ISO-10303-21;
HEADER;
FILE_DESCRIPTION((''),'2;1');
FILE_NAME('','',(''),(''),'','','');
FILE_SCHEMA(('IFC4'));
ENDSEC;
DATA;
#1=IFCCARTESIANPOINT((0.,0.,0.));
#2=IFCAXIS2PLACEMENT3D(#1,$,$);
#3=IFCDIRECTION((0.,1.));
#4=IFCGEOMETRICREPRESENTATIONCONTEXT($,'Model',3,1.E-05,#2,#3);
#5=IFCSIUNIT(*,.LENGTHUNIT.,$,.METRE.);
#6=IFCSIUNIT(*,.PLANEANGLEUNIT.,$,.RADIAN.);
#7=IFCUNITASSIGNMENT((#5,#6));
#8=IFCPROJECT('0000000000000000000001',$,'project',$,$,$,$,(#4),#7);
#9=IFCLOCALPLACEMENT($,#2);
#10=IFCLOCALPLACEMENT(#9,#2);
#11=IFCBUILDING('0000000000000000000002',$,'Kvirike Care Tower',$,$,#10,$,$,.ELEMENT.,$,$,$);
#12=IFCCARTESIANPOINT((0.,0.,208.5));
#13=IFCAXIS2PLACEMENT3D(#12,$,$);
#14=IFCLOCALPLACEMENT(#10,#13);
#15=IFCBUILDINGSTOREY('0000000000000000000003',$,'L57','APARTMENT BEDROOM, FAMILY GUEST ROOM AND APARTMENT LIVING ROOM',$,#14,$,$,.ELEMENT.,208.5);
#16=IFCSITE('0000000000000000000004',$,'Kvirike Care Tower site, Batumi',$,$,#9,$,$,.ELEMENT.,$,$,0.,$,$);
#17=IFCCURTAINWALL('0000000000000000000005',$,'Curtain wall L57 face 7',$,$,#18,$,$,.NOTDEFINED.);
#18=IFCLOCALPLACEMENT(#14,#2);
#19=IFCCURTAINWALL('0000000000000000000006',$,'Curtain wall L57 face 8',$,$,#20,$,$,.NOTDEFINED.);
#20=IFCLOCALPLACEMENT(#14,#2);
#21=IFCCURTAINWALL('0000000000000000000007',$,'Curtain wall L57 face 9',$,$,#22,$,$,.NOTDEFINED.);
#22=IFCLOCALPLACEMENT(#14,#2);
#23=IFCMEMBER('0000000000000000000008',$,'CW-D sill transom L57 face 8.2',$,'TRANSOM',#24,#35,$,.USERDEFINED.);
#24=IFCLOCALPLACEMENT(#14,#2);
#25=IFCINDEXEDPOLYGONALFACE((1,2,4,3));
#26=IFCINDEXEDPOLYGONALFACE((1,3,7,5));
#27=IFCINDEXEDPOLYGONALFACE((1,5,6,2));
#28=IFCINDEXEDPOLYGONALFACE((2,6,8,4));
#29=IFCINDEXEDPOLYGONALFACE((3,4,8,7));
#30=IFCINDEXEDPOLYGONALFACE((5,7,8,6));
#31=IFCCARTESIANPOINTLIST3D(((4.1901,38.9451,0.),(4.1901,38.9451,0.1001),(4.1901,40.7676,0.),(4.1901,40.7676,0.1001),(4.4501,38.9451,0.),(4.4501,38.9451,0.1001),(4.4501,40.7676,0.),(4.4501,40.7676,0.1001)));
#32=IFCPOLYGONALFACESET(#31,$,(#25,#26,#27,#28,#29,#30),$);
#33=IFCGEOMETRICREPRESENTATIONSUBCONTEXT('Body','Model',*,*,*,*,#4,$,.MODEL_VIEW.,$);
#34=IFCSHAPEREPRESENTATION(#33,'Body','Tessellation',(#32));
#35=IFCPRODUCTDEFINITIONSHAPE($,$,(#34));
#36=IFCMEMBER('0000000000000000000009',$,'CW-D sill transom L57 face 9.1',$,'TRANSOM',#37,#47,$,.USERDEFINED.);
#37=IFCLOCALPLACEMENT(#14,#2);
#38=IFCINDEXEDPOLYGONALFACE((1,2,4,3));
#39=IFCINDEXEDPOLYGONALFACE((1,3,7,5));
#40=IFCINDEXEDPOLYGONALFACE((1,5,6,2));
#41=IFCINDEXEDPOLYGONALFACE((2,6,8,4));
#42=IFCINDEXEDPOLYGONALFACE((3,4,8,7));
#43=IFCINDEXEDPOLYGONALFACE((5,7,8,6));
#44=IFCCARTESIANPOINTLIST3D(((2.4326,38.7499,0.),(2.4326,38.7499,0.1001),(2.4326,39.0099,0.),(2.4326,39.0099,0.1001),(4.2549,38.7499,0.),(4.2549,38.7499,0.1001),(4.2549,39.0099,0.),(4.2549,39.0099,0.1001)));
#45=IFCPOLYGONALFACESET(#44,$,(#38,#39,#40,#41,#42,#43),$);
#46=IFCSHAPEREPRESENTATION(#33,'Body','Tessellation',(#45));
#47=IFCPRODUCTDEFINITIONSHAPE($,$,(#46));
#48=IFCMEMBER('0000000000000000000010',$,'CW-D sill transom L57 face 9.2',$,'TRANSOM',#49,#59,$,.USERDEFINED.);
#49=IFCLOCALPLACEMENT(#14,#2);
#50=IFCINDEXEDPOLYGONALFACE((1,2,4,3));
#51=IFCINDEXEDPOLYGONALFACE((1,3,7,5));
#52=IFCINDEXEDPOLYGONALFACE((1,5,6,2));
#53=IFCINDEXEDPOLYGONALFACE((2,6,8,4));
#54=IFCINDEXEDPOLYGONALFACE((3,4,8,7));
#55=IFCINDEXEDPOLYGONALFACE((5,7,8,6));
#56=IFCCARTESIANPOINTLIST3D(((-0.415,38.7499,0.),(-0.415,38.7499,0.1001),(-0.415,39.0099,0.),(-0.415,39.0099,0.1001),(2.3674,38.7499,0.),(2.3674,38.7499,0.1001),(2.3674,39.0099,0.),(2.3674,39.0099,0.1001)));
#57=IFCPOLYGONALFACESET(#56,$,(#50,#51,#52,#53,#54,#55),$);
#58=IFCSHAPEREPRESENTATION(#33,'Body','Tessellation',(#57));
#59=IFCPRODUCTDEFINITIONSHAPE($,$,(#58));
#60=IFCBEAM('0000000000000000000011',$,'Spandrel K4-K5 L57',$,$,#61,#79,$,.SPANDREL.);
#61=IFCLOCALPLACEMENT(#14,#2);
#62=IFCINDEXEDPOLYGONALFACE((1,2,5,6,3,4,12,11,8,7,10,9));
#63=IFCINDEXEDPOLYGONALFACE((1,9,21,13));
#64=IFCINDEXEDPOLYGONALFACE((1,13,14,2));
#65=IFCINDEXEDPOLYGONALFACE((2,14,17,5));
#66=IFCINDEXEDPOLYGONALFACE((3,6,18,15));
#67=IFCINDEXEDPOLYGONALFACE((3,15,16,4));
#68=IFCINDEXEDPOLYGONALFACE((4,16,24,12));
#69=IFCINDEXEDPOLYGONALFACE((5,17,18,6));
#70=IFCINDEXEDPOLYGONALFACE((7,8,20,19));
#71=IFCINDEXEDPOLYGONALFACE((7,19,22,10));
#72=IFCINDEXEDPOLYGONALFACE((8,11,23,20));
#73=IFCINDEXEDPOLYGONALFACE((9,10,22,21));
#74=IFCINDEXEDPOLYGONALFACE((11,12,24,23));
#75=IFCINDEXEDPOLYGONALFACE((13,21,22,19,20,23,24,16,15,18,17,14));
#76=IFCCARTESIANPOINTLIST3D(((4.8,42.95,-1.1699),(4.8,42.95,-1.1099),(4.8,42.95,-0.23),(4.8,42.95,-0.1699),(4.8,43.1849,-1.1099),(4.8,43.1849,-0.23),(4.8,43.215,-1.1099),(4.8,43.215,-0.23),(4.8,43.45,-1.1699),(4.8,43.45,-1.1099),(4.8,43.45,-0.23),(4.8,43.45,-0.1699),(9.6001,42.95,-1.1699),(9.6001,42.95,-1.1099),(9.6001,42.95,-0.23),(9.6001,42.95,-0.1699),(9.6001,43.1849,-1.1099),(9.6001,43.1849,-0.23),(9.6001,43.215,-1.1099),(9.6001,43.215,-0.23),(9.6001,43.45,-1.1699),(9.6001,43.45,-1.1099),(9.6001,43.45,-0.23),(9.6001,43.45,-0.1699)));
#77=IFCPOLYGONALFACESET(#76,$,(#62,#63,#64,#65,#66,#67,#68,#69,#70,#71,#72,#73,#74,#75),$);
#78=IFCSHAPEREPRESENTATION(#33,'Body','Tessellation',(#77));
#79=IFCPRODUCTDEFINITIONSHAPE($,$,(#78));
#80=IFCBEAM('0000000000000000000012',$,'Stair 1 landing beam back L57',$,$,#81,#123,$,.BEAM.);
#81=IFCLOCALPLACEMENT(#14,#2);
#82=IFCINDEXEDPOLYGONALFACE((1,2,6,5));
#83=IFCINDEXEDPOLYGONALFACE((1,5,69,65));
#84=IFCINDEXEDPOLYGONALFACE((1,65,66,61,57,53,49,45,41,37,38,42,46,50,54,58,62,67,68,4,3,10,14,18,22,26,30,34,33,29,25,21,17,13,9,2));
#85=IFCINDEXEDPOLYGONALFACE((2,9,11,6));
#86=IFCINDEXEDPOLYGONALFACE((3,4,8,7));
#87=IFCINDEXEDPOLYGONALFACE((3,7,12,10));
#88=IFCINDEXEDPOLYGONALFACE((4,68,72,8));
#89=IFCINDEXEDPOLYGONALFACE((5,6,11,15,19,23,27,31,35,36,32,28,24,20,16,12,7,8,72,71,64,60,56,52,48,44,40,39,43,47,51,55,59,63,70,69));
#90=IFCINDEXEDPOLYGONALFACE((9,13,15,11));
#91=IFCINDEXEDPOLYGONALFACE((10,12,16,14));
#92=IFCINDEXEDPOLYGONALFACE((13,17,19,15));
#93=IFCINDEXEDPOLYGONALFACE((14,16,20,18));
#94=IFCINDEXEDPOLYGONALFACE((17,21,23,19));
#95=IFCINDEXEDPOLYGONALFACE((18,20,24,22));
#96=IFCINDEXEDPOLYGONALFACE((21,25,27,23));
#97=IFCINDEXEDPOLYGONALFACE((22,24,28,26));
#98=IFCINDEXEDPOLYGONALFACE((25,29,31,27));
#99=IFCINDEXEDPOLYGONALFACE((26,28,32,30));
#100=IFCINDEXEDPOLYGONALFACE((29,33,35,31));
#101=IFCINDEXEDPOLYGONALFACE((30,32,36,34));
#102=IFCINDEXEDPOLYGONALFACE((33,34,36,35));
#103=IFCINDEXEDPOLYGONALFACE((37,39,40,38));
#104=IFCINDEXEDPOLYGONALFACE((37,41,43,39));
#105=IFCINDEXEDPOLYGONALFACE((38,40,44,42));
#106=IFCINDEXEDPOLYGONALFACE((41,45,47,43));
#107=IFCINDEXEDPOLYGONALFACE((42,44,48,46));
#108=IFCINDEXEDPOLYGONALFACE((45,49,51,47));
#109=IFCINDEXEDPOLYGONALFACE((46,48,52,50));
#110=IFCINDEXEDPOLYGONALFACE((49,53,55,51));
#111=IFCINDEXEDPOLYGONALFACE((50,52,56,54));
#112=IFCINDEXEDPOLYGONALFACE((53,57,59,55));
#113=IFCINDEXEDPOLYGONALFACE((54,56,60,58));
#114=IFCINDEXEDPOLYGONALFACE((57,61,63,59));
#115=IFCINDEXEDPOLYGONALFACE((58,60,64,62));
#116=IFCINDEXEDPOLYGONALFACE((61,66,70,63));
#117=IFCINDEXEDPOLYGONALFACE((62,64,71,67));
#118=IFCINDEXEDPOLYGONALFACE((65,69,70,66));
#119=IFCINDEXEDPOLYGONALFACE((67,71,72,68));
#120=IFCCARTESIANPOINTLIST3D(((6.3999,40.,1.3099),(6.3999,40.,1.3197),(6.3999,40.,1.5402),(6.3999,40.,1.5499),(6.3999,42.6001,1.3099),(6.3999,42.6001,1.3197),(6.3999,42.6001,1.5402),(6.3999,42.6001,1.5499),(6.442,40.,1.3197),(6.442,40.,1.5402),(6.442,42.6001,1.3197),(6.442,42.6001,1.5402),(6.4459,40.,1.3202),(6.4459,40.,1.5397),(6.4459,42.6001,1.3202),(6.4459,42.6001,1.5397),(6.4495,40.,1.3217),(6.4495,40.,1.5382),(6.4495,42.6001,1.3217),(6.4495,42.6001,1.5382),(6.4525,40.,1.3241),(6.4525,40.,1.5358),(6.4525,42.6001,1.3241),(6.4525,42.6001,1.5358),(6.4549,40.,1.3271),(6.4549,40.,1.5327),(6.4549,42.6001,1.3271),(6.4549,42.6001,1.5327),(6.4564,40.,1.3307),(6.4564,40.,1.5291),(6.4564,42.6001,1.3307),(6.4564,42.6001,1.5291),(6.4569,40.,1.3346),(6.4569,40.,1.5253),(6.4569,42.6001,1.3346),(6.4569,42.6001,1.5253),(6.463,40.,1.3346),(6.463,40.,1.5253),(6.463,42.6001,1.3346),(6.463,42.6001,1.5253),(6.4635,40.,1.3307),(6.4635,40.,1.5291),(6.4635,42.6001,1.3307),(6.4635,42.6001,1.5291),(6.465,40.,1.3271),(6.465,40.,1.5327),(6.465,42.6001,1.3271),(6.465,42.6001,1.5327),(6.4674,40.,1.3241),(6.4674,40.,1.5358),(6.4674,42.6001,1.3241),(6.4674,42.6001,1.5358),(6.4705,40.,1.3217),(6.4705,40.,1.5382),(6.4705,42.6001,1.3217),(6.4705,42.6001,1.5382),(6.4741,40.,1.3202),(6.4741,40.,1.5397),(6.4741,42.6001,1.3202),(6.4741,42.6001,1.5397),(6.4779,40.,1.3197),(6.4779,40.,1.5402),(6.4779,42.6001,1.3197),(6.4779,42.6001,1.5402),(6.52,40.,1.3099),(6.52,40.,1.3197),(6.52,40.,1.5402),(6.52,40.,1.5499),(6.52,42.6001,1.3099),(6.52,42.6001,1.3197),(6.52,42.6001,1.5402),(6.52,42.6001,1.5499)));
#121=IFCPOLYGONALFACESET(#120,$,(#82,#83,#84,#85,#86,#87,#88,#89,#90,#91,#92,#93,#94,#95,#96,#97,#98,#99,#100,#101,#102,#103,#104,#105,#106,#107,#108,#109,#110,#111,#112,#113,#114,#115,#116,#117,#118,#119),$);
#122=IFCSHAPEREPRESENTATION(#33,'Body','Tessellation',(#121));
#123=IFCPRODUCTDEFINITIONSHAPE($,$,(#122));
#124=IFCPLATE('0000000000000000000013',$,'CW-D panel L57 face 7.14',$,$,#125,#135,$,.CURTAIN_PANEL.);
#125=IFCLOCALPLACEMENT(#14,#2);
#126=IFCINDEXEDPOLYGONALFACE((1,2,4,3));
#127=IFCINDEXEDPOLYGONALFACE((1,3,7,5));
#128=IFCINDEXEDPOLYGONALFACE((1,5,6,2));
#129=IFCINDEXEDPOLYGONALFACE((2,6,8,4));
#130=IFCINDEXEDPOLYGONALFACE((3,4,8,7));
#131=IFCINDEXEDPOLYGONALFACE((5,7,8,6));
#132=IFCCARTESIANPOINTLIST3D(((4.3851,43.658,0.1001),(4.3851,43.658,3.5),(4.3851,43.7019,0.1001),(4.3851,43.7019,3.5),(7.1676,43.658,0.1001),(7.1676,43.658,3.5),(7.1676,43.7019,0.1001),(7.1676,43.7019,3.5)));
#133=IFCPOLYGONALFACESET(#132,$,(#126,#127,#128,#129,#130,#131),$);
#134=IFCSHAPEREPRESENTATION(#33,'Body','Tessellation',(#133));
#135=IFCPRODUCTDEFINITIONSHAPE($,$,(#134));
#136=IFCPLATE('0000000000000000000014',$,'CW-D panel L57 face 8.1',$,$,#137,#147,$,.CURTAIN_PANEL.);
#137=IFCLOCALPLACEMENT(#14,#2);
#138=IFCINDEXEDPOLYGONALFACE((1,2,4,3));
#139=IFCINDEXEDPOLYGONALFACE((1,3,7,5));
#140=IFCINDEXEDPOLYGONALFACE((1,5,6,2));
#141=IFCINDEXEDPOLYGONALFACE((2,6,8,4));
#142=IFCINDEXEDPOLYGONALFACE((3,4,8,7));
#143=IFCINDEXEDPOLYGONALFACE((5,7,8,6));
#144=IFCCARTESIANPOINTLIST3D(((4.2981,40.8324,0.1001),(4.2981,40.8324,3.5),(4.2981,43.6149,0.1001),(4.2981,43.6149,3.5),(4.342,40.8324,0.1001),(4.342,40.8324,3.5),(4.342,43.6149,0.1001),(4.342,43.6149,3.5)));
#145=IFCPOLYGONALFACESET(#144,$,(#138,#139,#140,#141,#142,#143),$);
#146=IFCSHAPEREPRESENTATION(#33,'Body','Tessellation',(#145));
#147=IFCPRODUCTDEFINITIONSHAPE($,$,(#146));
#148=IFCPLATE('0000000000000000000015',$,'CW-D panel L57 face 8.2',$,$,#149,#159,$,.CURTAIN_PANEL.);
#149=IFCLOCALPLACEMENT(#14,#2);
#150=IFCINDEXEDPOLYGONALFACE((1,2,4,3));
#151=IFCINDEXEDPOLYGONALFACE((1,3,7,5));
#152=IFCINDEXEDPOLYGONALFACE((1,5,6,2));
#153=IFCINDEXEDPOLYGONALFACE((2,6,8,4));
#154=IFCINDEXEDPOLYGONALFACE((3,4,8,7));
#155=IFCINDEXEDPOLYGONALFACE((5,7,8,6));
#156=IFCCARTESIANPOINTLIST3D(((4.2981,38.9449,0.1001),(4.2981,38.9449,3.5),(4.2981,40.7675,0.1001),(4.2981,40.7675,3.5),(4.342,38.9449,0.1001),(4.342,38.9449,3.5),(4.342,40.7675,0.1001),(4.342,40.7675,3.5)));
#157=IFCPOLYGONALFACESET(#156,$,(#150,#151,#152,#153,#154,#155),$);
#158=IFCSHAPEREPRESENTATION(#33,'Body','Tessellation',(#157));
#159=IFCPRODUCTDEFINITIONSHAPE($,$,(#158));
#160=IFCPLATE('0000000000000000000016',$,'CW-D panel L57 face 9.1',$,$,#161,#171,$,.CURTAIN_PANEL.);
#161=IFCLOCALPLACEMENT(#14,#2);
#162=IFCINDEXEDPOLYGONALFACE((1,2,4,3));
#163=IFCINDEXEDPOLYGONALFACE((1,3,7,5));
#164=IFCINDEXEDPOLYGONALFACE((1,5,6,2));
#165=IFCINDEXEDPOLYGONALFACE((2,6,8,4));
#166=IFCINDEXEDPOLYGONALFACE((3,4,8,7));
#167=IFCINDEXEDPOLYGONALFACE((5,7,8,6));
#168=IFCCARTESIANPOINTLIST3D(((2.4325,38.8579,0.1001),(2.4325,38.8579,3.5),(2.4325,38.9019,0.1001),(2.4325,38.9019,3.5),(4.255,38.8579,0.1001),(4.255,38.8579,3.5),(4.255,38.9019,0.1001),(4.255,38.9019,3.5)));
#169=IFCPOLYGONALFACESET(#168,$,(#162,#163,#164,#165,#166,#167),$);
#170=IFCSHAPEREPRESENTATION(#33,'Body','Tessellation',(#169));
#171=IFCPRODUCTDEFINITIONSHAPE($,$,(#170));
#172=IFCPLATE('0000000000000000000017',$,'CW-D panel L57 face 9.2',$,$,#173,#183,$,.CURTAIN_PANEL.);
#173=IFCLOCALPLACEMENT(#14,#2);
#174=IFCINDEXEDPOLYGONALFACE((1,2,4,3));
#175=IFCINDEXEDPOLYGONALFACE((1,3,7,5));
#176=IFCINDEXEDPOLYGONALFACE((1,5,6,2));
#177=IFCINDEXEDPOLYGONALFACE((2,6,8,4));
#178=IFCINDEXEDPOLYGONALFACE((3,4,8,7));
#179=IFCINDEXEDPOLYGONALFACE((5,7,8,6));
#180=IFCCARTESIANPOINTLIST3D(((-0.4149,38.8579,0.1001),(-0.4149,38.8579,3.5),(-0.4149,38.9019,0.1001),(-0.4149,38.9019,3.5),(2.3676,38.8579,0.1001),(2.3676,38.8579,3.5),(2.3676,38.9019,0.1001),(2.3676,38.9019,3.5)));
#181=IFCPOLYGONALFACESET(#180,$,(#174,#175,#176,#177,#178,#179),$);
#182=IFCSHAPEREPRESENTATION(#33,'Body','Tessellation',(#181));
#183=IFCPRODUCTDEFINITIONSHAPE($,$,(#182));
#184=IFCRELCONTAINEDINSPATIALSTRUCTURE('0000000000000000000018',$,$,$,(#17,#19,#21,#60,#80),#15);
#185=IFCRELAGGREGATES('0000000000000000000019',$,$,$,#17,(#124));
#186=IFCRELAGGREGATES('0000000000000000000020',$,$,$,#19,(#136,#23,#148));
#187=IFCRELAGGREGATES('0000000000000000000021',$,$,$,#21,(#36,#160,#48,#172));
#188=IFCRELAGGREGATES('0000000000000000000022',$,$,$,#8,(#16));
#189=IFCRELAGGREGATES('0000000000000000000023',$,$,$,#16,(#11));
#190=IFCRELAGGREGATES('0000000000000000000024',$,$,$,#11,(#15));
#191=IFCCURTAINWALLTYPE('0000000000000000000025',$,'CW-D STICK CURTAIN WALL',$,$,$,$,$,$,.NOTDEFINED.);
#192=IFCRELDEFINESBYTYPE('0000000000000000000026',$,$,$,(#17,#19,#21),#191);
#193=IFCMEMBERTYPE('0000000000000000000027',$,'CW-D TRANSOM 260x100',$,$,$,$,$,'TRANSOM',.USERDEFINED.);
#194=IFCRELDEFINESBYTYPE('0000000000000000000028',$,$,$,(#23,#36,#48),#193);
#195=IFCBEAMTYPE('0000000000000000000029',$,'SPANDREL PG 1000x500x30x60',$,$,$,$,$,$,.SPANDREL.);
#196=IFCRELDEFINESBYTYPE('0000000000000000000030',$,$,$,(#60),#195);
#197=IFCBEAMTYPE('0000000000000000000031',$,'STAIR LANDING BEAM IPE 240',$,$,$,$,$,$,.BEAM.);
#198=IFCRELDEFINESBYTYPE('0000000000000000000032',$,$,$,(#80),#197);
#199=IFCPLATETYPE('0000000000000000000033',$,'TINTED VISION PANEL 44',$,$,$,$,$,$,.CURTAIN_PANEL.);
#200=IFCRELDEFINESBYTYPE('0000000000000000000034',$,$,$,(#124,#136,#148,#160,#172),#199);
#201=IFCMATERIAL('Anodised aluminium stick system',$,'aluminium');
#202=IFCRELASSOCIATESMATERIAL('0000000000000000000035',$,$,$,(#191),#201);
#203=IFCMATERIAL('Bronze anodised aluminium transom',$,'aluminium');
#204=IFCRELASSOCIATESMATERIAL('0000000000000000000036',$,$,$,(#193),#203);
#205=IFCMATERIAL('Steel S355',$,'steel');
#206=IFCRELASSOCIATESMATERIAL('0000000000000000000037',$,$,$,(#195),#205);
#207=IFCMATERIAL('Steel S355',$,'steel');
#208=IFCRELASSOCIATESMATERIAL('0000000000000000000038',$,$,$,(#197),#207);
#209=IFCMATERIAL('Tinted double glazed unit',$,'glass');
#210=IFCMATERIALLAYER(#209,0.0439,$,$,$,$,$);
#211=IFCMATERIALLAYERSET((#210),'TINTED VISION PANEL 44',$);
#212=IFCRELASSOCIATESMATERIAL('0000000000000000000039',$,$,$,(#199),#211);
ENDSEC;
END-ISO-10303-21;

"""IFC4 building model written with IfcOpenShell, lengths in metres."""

from ifc_helpers import new_model, si_unit, direction, frame, origin, origin_2d, place, context, subcontext, project, spatial, rectangle, i_section, extrude, material, layer, layer_set, material_profile, profile_set, type_object, element, aggregate, save


model = new_model("IFC4")

# Units and contexts
model_context = context("Model", 3, precision=1e-05, world=origin(), true_north=direction((0.0, 1.0)))
body_context = subcontext(model_context, "Body", "Model", "MODEL_VIEW")
ifc_project = project(units=[si_unit("LENGTHUNIT", "METRE"), si_unit("PLANEANGLEUNIT", "RADIAN")], contexts=[model_context])

# Site, building, storey
site_placement = place(None, origin())
site = spatial("IfcSite", under=ifc_project, at=site_placement, Name="Kvirike Care Tower site, Batumi", CompositionType="ELEMENT", RefElevation=0.0)
building_placement = place(site_placement, origin())
building = spatial("IfcBuilding", under=site, at=building_placement, Name="Kvirike Care Tower", CompositionType="ELEMENT")
storey_placement = place(building_placement, frame((0.0, 0.0, 208.5)))
storey = spatial("IfcBuildingStorey", under=building, at=storey_placement, Name="L57", Description="APARTMENT BEDROOM, FAMILY GUEST ROOM AND APARTMENT LIVING ROOM", CompositionType="ELEMENT", Elevation=208.5)

# Curtain wall
ifc_material_1 = material(Name="Anodised aluminium stick system", Category="aluminium")
curtain_wall_type = type_object("IfcCurtainWallType", Name="CW-D STICK CURTAIN WALL", PredefinedType="NOTDEFINED", material=ifc_material_1)
curtain_wall_1_placement = place(storey_placement, origin())
curtain_wall_1 = element("IfcCurtainWall", 1, at=curtain_wall_1_placement, inside=storey, type_object=curtain_wall_type, Name="Curtain wall L57 face 7", PredefinedType="NOTDEFINED")

# Curtain walls
curtain_wall_2_placement = place(storey_placement, origin())
curtain_wall_2 = element("IfcCurtainWall", 2, at=curtain_wall_2_placement, inside=storey, type_object=curtain_wall_type, Name="Curtain wall L57 face 8", PredefinedType="NOTDEFINED")
curtain_wall_3_placement = place(storey_placement, origin())
curtain_wall_3 = element("IfcCurtainWall", 3, at=curtain_wall_3_placement, inside=storey, type_object=curtain_wall_type, Name="Curtain wall L57 face 9", PredefinedType="NOTDEFINED")

# Members
ifc_material_2 = material(Name="Bronze anodised aluminium transom", Category="aluminium")
ifc_material_profile_1 = material_profile(ifc_material_2, rectangle(XDim=0.26, YDim=0.1001, at=origin_2d()), Name="CW-D TRANSOM 260x100")
ifc_profile_set_1 = profile_set([ifc_material_profile_1], Name="Bronze anodised aluminium transom")
member_type_1 = type_object("IfcMemberType", Name="CW-D TRANSOM 260x100", ElementType="TRANSOM", PredefinedType="USERDEFINED", material=ifc_profile_set_1)
member_1_placement = place(storey_placement, frame((4.3201, 40.7676, 0.05), z_axis=(0.0, -1.0, 0.0), x_axis=(1.0, 0.0, 0.0)))
member_1 = element("IfcMember", 4, at=member_1_placement, type_object=member_type_1, Name="CW-D sill transom L57 face 8.2", ObjectType="TRANSOM", PredefinedType="USERDEFINED", context=body_context, shape_type="SweptSolid", body=[
    extrude(rectangle(XDim=0.26, YDim=0.1001, at=origin_2d()), origin(), (0.0, 0.0, 1.0), 1.8225),
])
member_2_placement = place(storey_placement, frame((4.2549, 38.8799, 0.05), z_axis=(-1.0, 0.0, 0.0), x_axis=(0.0, -1.0, 0.0)))
member_2 = element("IfcMember", 5, at=member_2_placement, type_object=member_type_1, Name="CW-D sill transom L57 face 9.1", ObjectType="TRANSOM", PredefinedType="USERDEFINED", context=body_context, shape_type="SweptSolid", body=[
    extrude(rectangle(XDim=0.26, YDim=0.1001, at=origin_2d()), origin(), (0.0, 0.0, 1.0), 1.8223),
])
member_3_placement = place(storey_placement, frame((2.3674, 38.8799, 0.05), z_axis=(-1.0, 0.0, 0.0), x_axis=(0.0, -1.0, 0.0)))
member_3 = element("IfcMember", 6, at=member_3_placement, type_object=member_type_1, Name="CW-D sill transom L57 face 9.2", ObjectType="TRANSOM", PredefinedType="USERDEFINED", context=body_context, shape_type="SweptSolid", body=[
    extrude(rectangle(XDim=0.26, YDim=0.1001, at=origin_2d()), origin(), (0.0, 0.0, 1.0), 2.7825),
])

# Beams
ifc_material_3 = material(Name="Steel S355", Category="steel")
ifc_material_profile_2 = material_profile(ifc_material_3, i_section(OverallWidth=0.5, OverallDepth=1.0, WebThickness=0.03, FlangeThickness=0.0601, at=origin_2d()), Name="PG 1000x500x30x60")
ifc_profile_set_2 = profile_set([ifc_material_profile_2], Name="Steel S355")
beam_type_1 = type_object("IfcBeamType", Name="SPANDREL PG 1000x500x30x60", PredefinedType="SPANDREL", material=ifc_profile_set_2)
beam_1_placement = place(storey_placement, frame((4.8, 43.2, -0.6699), z_axis=(1.0, 0.0, 0.0), x_axis=(0.0, 1.0, 0.0)))
element("IfcBeam", 7, at=beam_1_placement, inside=storey, type_object=beam_type_1, Name="Spandrel K4-K5 L57", PredefinedType="SPANDREL", context=body_context, shape_type="SweptSolid", body=[
    extrude(i_section(OverallWidth=0.5, OverallDepth=1.0, WebThickness=0.03, FlangeThickness=0.0601, at=origin_2d()), origin(), (0.0, 0.0, 1.0), 4.8),
])
ifc_material_4 = material(Name="Steel S355", Category="steel")
ifc_material_profile_3 = material_profile(ifc_material_4, i_section(OverallWidth=0.1201, OverallDepth=0.24, WebThickness=0.0061, FlangeThickness=0.0098, FilletRadius=0.0149, at=origin_2d()), Name="IPE 240")
ifc_profile_set_3 = profile_set([ifc_material_profile_3], Name="Steel S355")
beam_type_2 = type_object("IfcBeamType", Name="STAIR LANDING BEAM IPE 240", PredefinedType="BEAM", material=ifc_profile_set_3)
beam_2_placement = place(storey_placement, frame((6.46, 42.6001, 1.4299), z_axis=(0.0, -1.0, 0.0), x_axis=(1.0, 0.0, 0.0)))
element("IfcBeam", 8, at=beam_2_placement, inside=storey, type_object=beam_type_2, Name="Stair 1 landing beam back L57", PredefinedType="BEAM", context=body_context, shape_type="SweptSolid", body=[
    extrude(i_section(OverallWidth=0.1201, OverallDepth=0.24, WebThickness=0.0061, FlangeThickness=0.0098, FilletRadius=0.0149, at=origin_2d()), origin(), (0.0, 0.0, 1.0), 2.6001),
])

# Plates
ifc_material_5 = material(Name="Tinted double glazed unit", Category="glass")
ifc_layer_1 = layer(ifc_material_5, 0.0439)
ifc_layer_set_1 = layer_set([ifc_layer_1], Name="TINTED VISION PANEL 44")
plate_type = type_object("IfcPlateType", Name="TINTED VISION PANEL 44", PredefinedType="CURTAIN_PANEL", material=ifc_layer_set_1)
plate_1_placement = place(storey_placement, frame((5.7764, 43.6799, 0.1001), z_axis=(0.0, 0.0, 1.0), x_axis=(-1.0, 0.0, 0.0)))
plate_1 = element("IfcPlate", 9, at=plate_1_placement, type_object=plate_type, Name="CW-D panel L57 face 7.14", PredefinedType="CURTAIN_PANEL", context=body_context, shape_type="SweptSolid", body=[
    extrude(rectangle(XDim=2.7825, YDim=0.0439, at=origin_2d()), origin(), (0.0, 0.0, 1.0), 3.3999),
])
aggregate(curtain_wall_1, [plate_1])
plate_2_placement = place(storey_placement, frame((4.3201, 42.2236, 0.1001), z_axis=(0.0, 0.0, 1.0), x_axis=(0.0, -1.0, 0.0)))
plate_2 = element("IfcPlate", 10, at=plate_2_placement, type_object=plate_type, Name="CW-D panel L57 face 8.1", PredefinedType="CURTAIN_PANEL", context=body_context, shape_type="SweptSolid", body=[
    extrude(rectangle(XDim=2.7825, YDim=0.0439, at=origin_2d()), origin(), (0.0, 0.0, 1.0), 3.3999),
])
plate_3_placement = place(storey_placement, frame((4.3201, 39.8562, 0.1001), z_axis=(0.0, 0.0, 1.0), x_axis=(0.0, -1.0, 0.0)))
plate_3 = element("IfcPlate", 11, at=plate_3_placement, type_object=plate_type, Name="CW-D panel L57 face 8.2", PredefinedType="CURTAIN_PANEL", context=body_context, shape_type="SweptSolid", body=[
    extrude(rectangle(XDim=1.8225, YDim=0.0439, at=origin_2d()), origin(), (0.0, 0.0, 1.0), 3.3999),
])
aggregate(curtain_wall_2, [plate_2, member_1, plate_3])
plate_4_placement = place(storey_placement, frame((3.3438, 38.8799, 0.1001), z_axis=(0.0, 0.0, 1.0), x_axis=(-1.0, 0.0, 0.0)))
plate_4 = element("IfcPlate", 12, at=plate_4_placement, type_object=plate_type, Name="CW-D panel L57 face 9.1", PredefinedType="CURTAIN_PANEL", context=body_context, shape_type="SweptSolid", body=[
    extrude(rectangle(XDim=1.8225, YDim=0.0439, at=origin_2d()), origin(), (0.0, 0.0, 1.0), 3.3999),
])
plate_5_placement = place(storey_placement, frame((0.9763, 38.8799, 0.1001), z_axis=(0.0, 0.0, 1.0), x_axis=(-1.0, 0.0, 0.0)))
plate_5 = element("IfcPlate", 13, at=plate_5_placement, type_object=plate_type, Name="CW-D panel L57 face 9.2", PredefinedType="CURTAIN_PANEL", context=body_context, shape_type="SweptSolid", body=[
    extrude(rectangle(XDim=2.7825, YDim=0.0439, at=origin_2d()), origin(), (0.0, 0.0, 1.0), 3.3999),
])
aggregate(curtain_wall_3, [member_2, plate_4, member_3, plate_5])

save(model, "model.ifc")
